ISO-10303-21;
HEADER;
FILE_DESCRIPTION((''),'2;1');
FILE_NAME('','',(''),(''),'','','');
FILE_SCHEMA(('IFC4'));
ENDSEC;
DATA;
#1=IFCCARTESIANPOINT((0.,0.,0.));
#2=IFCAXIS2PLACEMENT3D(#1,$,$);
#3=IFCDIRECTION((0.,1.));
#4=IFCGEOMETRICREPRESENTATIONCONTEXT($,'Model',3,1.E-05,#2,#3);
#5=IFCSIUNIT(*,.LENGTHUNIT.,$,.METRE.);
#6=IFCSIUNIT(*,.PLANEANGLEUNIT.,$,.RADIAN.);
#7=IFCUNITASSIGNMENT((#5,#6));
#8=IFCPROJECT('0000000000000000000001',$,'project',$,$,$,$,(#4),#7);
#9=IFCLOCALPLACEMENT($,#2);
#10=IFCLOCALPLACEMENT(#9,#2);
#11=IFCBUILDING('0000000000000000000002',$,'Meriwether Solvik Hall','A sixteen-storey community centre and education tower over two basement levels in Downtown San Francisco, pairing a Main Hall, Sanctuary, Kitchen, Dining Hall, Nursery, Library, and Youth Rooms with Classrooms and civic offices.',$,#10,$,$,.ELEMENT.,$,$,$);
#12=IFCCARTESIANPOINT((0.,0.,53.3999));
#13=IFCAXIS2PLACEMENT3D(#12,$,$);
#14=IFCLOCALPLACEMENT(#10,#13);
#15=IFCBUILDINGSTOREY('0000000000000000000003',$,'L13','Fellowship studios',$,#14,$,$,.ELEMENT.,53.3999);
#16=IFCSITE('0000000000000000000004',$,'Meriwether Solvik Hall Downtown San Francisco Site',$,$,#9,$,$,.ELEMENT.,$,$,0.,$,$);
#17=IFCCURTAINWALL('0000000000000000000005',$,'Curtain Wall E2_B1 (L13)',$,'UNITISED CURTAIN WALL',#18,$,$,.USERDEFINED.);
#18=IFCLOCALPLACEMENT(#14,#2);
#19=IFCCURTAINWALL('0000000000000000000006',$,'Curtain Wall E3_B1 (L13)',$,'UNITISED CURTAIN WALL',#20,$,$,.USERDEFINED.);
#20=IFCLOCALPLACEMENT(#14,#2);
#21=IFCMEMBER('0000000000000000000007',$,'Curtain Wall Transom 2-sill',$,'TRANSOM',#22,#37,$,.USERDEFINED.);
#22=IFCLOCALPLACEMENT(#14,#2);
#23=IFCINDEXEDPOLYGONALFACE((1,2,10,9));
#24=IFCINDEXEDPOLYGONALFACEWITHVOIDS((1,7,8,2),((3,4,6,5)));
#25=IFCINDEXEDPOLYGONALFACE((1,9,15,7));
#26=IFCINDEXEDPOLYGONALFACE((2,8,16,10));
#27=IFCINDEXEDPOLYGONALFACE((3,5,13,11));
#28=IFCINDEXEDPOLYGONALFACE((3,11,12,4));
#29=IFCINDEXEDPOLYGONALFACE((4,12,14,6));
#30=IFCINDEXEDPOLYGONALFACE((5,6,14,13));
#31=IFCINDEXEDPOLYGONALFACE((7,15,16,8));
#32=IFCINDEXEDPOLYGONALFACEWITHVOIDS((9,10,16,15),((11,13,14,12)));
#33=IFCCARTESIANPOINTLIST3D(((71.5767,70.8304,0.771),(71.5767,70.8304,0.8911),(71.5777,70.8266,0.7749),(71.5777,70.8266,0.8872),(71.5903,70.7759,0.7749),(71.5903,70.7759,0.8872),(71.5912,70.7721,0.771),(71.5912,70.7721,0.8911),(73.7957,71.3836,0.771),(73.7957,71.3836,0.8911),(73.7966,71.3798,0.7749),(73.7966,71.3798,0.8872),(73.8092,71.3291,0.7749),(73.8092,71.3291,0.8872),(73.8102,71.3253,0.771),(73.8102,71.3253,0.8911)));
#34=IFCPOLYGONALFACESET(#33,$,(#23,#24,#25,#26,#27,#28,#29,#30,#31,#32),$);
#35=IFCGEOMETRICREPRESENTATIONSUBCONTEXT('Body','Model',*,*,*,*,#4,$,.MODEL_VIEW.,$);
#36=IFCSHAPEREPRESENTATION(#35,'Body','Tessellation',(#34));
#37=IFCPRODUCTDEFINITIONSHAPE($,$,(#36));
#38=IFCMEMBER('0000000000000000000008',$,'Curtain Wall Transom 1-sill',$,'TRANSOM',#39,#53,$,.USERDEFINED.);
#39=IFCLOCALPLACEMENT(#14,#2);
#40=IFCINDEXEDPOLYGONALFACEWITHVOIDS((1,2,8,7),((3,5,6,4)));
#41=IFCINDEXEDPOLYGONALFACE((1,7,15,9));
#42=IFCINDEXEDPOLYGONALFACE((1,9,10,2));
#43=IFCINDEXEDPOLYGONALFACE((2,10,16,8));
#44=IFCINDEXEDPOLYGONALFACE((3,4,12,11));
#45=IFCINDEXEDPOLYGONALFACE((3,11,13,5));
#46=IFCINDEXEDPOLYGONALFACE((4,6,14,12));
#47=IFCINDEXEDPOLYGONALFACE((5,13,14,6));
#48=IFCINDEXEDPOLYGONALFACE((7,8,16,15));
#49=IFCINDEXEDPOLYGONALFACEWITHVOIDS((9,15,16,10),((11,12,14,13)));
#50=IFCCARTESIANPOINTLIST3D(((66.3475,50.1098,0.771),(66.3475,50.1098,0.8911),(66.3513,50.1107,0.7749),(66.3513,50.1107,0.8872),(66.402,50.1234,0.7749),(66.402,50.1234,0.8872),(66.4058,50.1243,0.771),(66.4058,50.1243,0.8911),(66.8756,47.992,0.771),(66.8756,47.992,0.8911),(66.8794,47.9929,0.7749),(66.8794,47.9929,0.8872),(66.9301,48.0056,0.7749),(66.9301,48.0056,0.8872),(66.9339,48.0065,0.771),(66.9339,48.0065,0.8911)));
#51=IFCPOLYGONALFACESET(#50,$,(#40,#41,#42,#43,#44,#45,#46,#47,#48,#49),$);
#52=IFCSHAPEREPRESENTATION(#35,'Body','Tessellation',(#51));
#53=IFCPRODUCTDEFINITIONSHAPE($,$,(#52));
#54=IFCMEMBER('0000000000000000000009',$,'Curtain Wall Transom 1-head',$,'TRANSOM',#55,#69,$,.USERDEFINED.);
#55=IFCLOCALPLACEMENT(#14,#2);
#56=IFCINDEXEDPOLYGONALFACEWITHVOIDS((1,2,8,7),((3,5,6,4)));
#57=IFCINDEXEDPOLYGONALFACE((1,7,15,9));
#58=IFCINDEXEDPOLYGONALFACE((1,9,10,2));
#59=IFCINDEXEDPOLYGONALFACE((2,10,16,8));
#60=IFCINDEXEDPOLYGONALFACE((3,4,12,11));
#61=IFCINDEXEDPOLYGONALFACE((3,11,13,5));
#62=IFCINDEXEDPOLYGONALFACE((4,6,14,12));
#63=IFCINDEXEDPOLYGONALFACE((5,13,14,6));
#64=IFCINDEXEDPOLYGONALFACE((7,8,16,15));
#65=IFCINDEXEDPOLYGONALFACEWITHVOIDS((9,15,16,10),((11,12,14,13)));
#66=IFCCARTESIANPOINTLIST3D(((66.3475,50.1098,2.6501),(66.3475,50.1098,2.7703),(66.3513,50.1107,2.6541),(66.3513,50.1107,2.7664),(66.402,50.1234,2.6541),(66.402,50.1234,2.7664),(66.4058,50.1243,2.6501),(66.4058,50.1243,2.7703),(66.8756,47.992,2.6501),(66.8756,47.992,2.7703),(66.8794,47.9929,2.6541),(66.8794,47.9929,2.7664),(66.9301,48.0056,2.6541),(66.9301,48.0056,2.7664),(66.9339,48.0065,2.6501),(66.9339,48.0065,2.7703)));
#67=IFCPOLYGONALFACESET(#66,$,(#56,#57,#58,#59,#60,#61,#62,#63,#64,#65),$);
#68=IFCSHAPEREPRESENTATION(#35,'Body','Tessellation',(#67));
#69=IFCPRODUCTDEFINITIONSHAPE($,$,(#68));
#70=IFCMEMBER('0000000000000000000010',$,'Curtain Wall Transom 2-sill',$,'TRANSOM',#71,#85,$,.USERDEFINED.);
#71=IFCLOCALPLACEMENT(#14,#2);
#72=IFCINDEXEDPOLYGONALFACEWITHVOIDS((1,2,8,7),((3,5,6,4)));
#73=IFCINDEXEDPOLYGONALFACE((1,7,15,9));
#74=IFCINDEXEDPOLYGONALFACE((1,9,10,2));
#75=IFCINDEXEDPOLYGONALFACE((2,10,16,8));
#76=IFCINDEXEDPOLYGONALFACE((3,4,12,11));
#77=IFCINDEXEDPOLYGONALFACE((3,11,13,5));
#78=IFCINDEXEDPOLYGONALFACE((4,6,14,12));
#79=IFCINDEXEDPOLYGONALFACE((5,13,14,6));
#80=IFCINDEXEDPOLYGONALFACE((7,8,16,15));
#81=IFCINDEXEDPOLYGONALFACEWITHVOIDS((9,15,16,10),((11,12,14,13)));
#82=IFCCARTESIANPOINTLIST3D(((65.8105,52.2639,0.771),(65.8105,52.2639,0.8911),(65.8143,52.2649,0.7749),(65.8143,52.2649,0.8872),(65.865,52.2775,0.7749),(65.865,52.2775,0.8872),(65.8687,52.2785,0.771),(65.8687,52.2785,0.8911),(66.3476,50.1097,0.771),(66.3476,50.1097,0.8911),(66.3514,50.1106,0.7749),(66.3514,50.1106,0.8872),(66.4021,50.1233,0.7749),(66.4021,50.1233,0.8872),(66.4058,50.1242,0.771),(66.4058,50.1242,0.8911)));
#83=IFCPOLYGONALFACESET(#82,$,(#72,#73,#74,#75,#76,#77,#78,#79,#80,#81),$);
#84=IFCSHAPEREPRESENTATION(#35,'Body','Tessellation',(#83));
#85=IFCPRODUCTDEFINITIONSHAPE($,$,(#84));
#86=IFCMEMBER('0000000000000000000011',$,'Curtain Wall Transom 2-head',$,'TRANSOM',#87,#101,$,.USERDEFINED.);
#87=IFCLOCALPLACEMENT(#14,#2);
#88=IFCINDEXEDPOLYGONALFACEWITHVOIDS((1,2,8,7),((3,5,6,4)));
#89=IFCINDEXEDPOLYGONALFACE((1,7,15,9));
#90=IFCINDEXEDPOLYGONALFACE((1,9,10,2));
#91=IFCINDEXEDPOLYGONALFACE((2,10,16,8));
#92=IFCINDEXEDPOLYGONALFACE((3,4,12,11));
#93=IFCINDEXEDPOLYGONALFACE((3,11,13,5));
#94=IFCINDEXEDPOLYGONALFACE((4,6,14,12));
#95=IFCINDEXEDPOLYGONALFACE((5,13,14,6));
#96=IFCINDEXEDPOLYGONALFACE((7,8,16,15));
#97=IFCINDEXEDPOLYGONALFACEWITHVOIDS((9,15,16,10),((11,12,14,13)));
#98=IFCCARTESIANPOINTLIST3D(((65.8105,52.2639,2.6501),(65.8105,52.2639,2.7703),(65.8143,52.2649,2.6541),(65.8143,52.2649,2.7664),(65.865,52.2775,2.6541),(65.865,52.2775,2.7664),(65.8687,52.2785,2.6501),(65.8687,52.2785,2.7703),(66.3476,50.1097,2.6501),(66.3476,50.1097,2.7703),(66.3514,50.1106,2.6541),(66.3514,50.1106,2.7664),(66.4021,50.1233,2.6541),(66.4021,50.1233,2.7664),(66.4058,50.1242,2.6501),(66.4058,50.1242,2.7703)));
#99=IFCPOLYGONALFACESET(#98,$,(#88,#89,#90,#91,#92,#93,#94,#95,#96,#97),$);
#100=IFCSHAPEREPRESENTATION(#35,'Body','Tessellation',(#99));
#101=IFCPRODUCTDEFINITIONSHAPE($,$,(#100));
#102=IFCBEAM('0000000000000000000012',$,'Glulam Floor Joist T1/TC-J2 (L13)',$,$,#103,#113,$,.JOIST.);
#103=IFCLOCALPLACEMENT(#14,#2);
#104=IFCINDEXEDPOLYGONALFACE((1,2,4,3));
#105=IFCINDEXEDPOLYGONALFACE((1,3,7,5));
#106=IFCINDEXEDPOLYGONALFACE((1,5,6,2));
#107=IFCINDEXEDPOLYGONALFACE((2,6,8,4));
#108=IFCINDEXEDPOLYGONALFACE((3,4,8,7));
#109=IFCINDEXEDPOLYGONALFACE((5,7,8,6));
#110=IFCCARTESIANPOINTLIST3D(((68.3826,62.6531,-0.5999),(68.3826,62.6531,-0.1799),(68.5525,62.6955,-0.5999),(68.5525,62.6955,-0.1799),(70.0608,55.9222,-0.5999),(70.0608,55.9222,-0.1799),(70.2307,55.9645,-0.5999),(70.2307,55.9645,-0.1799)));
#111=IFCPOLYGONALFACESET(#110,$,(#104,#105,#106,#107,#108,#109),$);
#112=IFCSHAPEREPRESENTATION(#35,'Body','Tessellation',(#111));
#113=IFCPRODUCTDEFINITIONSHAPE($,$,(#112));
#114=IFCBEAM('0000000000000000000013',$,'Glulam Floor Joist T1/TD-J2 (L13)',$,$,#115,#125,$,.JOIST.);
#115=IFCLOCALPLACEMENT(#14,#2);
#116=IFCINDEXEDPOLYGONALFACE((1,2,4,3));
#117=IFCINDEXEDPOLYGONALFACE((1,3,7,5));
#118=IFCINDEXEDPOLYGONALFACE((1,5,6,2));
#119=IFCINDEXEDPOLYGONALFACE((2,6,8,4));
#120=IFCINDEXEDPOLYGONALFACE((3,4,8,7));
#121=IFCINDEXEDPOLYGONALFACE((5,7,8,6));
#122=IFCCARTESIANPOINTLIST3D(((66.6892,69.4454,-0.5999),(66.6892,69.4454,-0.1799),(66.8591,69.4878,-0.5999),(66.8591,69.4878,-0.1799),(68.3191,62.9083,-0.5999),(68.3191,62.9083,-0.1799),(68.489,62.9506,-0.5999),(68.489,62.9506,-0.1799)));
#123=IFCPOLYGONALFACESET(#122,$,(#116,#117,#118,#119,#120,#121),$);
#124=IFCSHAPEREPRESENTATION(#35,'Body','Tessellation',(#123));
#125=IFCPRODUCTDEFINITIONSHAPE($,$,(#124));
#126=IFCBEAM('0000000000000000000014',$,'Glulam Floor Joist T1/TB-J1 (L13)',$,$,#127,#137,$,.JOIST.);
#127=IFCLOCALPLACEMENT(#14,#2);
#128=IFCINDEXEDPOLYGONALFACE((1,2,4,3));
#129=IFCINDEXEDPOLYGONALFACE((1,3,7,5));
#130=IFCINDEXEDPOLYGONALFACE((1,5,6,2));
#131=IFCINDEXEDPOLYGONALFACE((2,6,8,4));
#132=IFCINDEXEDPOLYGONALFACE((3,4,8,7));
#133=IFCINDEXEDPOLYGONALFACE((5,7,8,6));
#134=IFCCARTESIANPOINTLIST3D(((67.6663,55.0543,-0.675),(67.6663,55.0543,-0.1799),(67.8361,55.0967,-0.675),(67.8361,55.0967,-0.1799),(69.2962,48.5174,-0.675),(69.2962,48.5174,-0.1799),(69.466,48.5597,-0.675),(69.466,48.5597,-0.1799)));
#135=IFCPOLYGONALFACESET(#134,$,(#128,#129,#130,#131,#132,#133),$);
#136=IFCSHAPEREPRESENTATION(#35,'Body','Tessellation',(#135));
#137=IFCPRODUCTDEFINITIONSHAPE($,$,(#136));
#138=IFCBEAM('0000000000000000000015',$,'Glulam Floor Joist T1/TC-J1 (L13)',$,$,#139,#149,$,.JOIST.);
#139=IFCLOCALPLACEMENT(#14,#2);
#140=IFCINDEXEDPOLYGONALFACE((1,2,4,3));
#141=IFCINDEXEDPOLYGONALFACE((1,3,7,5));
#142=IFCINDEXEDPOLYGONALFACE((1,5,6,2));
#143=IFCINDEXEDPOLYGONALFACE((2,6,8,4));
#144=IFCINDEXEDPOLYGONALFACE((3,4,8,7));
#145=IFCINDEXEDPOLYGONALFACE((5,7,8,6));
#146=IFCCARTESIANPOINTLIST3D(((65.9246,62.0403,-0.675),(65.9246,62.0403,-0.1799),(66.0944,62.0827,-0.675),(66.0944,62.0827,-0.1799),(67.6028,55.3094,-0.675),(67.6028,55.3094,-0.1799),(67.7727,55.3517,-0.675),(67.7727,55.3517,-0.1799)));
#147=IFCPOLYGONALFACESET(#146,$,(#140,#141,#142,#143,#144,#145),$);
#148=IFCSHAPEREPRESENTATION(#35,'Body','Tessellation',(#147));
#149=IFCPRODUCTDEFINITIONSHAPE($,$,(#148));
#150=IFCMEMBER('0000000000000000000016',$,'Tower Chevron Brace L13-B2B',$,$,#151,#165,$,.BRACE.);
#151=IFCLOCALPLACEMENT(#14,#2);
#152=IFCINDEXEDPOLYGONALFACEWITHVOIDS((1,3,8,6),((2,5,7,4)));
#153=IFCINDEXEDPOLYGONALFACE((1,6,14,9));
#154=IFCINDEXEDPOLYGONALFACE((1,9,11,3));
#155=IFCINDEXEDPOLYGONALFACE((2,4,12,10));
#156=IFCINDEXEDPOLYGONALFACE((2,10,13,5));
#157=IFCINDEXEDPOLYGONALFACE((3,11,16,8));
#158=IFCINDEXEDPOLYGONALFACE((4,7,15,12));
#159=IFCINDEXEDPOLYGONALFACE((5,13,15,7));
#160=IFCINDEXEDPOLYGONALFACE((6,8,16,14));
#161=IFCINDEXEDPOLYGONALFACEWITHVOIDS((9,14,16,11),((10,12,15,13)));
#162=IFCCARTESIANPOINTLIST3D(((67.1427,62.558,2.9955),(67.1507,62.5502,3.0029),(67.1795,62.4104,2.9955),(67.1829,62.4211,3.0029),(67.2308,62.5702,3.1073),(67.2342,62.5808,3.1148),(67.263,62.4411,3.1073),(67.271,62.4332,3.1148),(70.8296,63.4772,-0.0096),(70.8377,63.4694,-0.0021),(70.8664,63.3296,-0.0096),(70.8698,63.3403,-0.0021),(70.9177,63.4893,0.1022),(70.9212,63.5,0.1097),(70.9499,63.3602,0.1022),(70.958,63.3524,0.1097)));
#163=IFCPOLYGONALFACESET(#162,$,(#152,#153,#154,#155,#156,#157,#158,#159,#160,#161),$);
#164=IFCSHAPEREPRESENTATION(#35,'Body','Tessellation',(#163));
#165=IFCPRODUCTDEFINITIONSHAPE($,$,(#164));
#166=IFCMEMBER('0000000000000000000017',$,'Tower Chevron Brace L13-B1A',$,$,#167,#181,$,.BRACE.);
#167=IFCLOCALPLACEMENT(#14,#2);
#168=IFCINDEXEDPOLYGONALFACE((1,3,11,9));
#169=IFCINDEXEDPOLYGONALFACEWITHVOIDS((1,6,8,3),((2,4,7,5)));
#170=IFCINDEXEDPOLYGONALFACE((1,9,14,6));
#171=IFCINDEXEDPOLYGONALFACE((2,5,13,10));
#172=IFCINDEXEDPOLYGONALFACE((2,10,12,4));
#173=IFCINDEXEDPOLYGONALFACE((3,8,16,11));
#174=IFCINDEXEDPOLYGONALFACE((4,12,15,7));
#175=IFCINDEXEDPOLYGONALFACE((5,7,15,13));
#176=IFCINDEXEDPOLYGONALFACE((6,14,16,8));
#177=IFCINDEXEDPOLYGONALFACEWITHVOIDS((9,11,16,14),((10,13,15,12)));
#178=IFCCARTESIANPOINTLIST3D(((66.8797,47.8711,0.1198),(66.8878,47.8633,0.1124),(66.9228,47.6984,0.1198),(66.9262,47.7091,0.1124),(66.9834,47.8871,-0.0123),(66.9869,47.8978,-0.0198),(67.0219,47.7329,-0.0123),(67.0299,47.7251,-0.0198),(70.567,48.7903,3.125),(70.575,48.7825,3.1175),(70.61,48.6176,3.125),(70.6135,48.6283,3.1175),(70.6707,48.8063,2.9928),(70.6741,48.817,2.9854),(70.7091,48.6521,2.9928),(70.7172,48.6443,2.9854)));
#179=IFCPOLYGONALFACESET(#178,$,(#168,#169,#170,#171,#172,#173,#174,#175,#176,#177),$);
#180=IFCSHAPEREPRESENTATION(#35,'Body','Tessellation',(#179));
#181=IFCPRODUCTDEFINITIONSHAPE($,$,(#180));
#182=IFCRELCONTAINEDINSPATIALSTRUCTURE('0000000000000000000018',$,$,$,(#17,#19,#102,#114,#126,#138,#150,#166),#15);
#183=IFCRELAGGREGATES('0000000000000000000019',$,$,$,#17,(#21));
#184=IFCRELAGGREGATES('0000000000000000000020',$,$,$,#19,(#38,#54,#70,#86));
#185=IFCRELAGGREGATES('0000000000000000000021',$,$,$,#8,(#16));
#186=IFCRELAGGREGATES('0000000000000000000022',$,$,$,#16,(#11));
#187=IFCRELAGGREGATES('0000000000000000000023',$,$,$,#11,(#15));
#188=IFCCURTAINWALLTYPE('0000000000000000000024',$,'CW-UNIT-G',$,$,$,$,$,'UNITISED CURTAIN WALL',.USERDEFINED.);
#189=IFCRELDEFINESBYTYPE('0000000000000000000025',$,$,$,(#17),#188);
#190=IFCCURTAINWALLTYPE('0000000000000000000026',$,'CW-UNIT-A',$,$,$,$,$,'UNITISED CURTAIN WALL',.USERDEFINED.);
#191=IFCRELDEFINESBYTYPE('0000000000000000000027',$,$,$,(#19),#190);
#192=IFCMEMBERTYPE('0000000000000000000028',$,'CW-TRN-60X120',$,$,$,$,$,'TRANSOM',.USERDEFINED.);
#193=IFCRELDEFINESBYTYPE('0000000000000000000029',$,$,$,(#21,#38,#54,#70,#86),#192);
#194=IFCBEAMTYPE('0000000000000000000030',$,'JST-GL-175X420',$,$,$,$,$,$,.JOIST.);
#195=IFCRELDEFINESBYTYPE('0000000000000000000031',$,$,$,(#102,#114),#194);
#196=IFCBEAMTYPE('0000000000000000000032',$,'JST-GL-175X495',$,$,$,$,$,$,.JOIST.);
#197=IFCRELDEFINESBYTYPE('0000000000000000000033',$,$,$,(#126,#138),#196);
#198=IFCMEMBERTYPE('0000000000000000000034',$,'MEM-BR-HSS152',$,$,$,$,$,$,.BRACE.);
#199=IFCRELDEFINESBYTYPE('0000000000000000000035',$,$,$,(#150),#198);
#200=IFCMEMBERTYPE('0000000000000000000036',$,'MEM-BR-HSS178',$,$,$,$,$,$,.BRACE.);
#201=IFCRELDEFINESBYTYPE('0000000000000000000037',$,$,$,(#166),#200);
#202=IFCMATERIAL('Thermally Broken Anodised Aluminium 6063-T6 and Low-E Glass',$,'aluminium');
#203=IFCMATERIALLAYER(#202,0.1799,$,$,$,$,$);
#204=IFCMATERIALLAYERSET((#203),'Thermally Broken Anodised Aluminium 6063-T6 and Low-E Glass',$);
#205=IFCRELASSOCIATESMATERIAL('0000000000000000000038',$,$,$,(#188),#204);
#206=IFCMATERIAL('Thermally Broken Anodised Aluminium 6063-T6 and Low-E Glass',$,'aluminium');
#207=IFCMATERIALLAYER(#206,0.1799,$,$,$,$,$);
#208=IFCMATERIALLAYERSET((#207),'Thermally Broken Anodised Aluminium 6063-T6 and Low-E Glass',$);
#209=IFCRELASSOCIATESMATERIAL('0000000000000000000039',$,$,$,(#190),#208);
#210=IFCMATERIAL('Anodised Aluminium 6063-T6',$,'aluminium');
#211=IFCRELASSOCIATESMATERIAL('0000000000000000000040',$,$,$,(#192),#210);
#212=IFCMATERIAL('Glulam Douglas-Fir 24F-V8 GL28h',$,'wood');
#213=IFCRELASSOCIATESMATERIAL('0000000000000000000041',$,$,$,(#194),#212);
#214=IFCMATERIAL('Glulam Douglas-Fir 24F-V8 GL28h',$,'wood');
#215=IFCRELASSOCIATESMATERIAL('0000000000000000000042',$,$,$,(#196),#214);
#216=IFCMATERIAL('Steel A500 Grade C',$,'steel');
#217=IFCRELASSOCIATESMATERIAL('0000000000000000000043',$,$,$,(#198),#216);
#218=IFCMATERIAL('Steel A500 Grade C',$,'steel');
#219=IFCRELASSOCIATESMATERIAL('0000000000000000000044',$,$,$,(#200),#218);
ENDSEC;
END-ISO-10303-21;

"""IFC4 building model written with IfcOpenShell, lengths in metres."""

from ifc_helpers import new_model, si_unit, direction, frame, origin, origin_2d, place, context, subcontext, project, spatial, rectangle, hollow_rectangle, extrude, material, layer, layer_set, material_profile, profile_set, type_object, element, aggregate, save


model = new_model("IFC4")

# Units and contexts
model_context = context("Model", 3, precision=1e-05, world=origin(), true_north=direction((0.0, 1.0)))
body_context = subcontext(model_context, "Body", "Model", "MODEL_VIEW")
ifc_project = project(units=[si_unit("LENGTHUNIT", "METRE"), si_unit("PLANEANGLEUNIT", "RADIAN")], contexts=[model_context])

# Site, building, storey
site_placement = place(None, origin())
site = spatial("IfcSite", under=ifc_project, at=site_placement, Name="Meriwether Solvik Hall Downtown San Francisco Site", CompositionType="ELEMENT", RefElevation=0.0)
building_placement = place(site_placement, origin())
building = spatial("IfcBuilding", under=site, at=building_placement, Name="Meriwether Solvik Hall", Description="A sixteen-storey community centre and education tower over two basement levels in Downtown San Francisco, pairing a Main Hall, Sanctuary, Kitchen, Dining Hall, Nursery, Library, and Youth Rooms with Classrooms and civic offices.", CompositionType="ELEMENT")
storey_placement = place(building_placement, frame((0.0, 0.0, 53.3999)))
storey = spatial("IfcBuildingStorey", under=building, at=storey_placement, Name="L13", Description="Fellowship studios", CompositionType="ELEMENT", Elevation=53.3999)

# Curtain walls
ifc_material_1 = material(Name="Thermally Broken Anodised Aluminium 6063-T6 and Low-E Glass", Category="aluminium")
ifc_layer_1 = layer(ifc_material_1, 0.1799)
ifc_layer_set_1 = layer_set([ifc_layer_1], Name="Thermally Broken Anodised Aluminium 6063-T6 and Low-E Glass")
curtain_wall_type_1 = type_object("IfcCurtainWallType", Name="CW-UNIT-G", ElementType="UNITISED CURTAIN WALL", PredefinedType="USERDEFINED", material=ifc_layer_set_1)
curtain_wall_1_placement = place(storey_placement, origin())
curtain_wall_1 = element("IfcCurtainWall", 1, at=curtain_wall_1_placement, inside=storey, type_object=curtain_wall_type_1, Name="Curtain Wall E2_B1 (L13)", ObjectType="UNITISED CURTAIN WALL", PredefinedType="USERDEFINED")
ifc_material_2 = material(Name="Thermally Broken Anodised Aluminium 6063-T6 and Low-E Glass", Category="aluminium")
ifc_layer_2 = layer(ifc_material_2, 0.1799)
ifc_layer_set_2 = layer_set([ifc_layer_2], Name="Thermally Broken Anodised Aluminium 6063-T6 and Low-E Glass")
curtain_wall_type_2 = type_object("IfcCurtainWallType", Name="CW-UNIT-A", ElementType="UNITISED CURTAIN WALL", PredefinedType="USERDEFINED", material=ifc_layer_set_2)
curtain_wall_2_placement = place(storey_placement, origin())
curtain_wall_2 = element("IfcCurtainWall", 2, at=curtain_wall_2_placement, inside=storey, type_object=curtain_wall_type_2, Name="Curtain Wall E3_B1 (L13)", ObjectType="UNITISED CURTAIN WALL", PredefinedType="USERDEFINED")

# Members
ifc_material_3 = material(Name="Anodised Aluminium 6063-T6", Category="aluminium")
ifc_material_profile_1 = material_profile(ifc_material_3, hollow_rectangle(XDim=0.0601, YDim=0.1201, WallThickness=0.0039, at=origin_2d()), Name="CWT-60X120")
ifc_profile_set_1 = profile_set([ifc_material_profile_1], Name="Anodised Aluminium 6063-T6")
member_type_1 = type_object("IfcMemberType", Name="CW-TRN-60X120", ElementType="TRANSOM", PredefinedType="USERDEFINED", material=ifc_profile_set_1)
member_1_placement = place(storey_placement, frame((71.584, 70.8013, 0.8311), z_axis=(0.970299, 0.241908, 0.0), x_axis=(-0.241908, 0.970299, 0.0)))
member_1 = element("IfcMember", 3, at=member_1_placement, type_object=member_type_1, Name="Curtain Wall Transom 2-sill", ObjectType="TRANSOM", PredefinedType="USERDEFINED", context=body_context, shape_type="SweptSolid", body=[
    extrude(hollow_rectangle(XDim=0.0601, YDim=0.1201, WallThickness=0.0039, at=origin_2d()), origin(), (0.0, 0.0, 1.0), 2.2869),
])
member_2_placement = place(storey_placement, frame((66.9048, 47.9993, 0.8311), z_axis=(-0.241957, 0.970287, 0.0), x_axis=(-0.970287, -0.241957, 0.0)))
member_2 = element("IfcMember", 4, at=member_2_placement, type_object=member_type_1, Name="Curtain Wall Transom 1-sill", ObjectType="TRANSOM", PredefinedType="USERDEFINED", context=body_context, shape_type="SweptSolid", body=[
    extrude(hollow_rectangle(XDim=0.0601, YDim=0.1201, WallThickness=0.0039, at=origin_2d()), origin(), (0.0, 0.0, 1.0), 2.1826),
])
member_3_placement = place(storey_placement, frame((66.9048, 47.9993, 2.7102), z_axis=(-0.241957, 0.970287, 0.0), x_axis=(-0.970287, -0.241957, 0.0)))
member_3 = element("IfcMember", 5, at=member_3_placement, type_object=member_type_1, Name="Curtain Wall Transom 1-head", ObjectType="TRANSOM", PredefinedType="USERDEFINED", context=body_context, shape_type="SweptSolid", body=[
    extrude(hollow_rectangle(XDim=0.0601, YDim=0.1201, WallThickness=0.0039, at=origin_2d()), origin(), (0.0, 0.0, 1.0), 2.1826),
])
member_4_placement = place(storey_placement, frame((66.3767, 50.1169, 0.8311), z_axis=(-0.241915, 0.970298, 0.0), x_axis=(-0.970298, -0.241915, 0.0)))
member_4 = element("IfcMember", 6, at=member_4_placement, type_object=member_type_1, Name="Curtain Wall Transom 2-sill", ObjectType="TRANSOM", PredefinedType="USERDEFINED", context=body_context, shape_type="SweptSolid", body=[
    extrude(hollow_rectangle(XDim=0.0601, YDim=0.1201, WallThickness=0.0039, at=origin_2d()), origin(), (0.0, 0.0, 1.0), 2.2202),
])
member_5_placement = place(storey_placement, frame((66.3767, 50.1169, 2.7102), z_axis=(-0.241915, 0.970298, 0.0), x_axis=(-0.970298, -0.241915, 0.0)))
member_5 = element("IfcMember", 7, at=member_5_placement, type_object=member_type_1, Name="Curtain Wall Transom 2-head", ObjectType="TRANSOM", PredefinedType="USERDEFINED", context=body_context, shape_type="SweptSolid", body=[
    extrude(hollow_rectangle(XDim=0.0601, YDim=0.1201, WallThickness=0.0039, at=origin_2d()), origin(), (0.0, 0.0, 1.0), 2.2202),
])

# Beams
ifc_material_4 = material(Name="Glulam Douglas-Fir 24F-V8 GL28h", Category="wood")
ifc_material_profile_2 = material_profile(ifc_material_4, rectangle(XDim=0.175, YDim=0.4199, at=origin_2d()), Name="GLJ-175X420")
ifc_profile_set_2 = profile_set([ifc_material_profile_2], Name="Glulam Douglas-Fir 24F-V8 GL28h")
beam_type_1 = type_object("IfcBeamType", Name="JST-GL-175X420", PredefinedType="JOIST", material=ifc_profile_set_2)
beam_1_placement = place(storey_placement, frame((70.1458, 55.9434, -0.3899), z_axis=(-0.241923, 0.970296, 0.0), x_axis=(-0.970296, -0.241923, 0.0)))
element("IfcBeam", 8, at=beam_1_placement, inside=storey, type_object=beam_type_1, Name="Glulam Floor Joist T1/TC-J2 (L13)", PredefinedType="JOIST", context=body_context, shape_type="SweptSolid", body=[
    extrude(rectangle(XDim=0.175, YDim=0.4199, at=origin_2d()), origin(), (0.0, 0.0, 1.0), 6.937),
])
beam_2_placement = place(storey_placement, frame((68.4041, 62.9294, -0.3899), z_axis=(-0.241922, 0.970296, 0.0), x_axis=(-0.970296, -0.241922, 0.0)))
element("IfcBeam", 9, at=beam_2_placement, inside=storey, type_object=beam_type_1, Name="Glulam Floor Joist T1/TD-J2 (L13)", PredefinedType="JOIST", context=body_context, shape_type="SweptSolid", body=[
    extrude(rectangle(XDim=0.175, YDim=0.4199, at=origin_2d()), origin(), (0.0, 0.0, 1.0), 6.7373),
])
ifc_material_5 = material(Name="Glulam Douglas-Fir 24F-V8 GL28h", Category="wood")
ifc_material_profile_3 = material_profile(ifc_material_5, rectangle(XDim=0.175, YDim=0.4951, at=origin_2d()), Name="GLJ-175X495")
ifc_profile_set_3 = profile_set([ifc_material_profile_3], Name="Glulam Douglas-Fir 24F-V8 GL28h")
beam_type_2 = type_object("IfcBeamType", Name="JST-GL-175X495", PredefinedType="JOIST", material=ifc_profile_set_3)
beam_3_placement = place(storey_placement, frame((69.3811, 48.5386, -0.4275), z_axis=(-0.24193, 0.970294, 0.0), x_axis=(-0.970294, -0.24193, 0.0)))
element("IfcBeam", 10, at=beam_3_placement, inside=storey, type_object=beam_type_2, Name="Glulam Floor Joist T1/TB-J1 (L13)", PredefinedType="JOIST", context=body_context, shape_type="SweptSolid", body=[
    extrude(rectangle(XDim=0.175, YDim=0.4951, at=origin_2d()), origin(), (0.0, 0.0, 1.0), 6.7371),
])
beam_4_placement = place(storey_placement, frame((67.6877, 55.3306, -0.4275), z_axis=(-0.241923, 0.970296, 0.0), x_axis=(-0.970296, -0.241923, 0.0)))
element("IfcBeam", 11, at=beam_4_placement, inside=storey, type_object=beam_type_2, Name="Glulam Floor Joist T1/TC-J1 (L13)", PredefinedType="JOIST", context=body_context, shape_type="SweptSolid", body=[
    extrude(rectangle(XDim=0.175, YDim=0.4951, at=origin_2d()), origin(), (0.0, 0.0, 1.0), 6.937),
])

# Members
ifc_material_6 = material(Name="Steel A500 Grade C", Category="steel")
ifc_material_profile_4 = material_profile(ifc_material_6, hollow_rectangle(XDim=0.1521, YDim=0.1521, WallThickness=0.0095, at=origin_2d()), Name="HSS152X152X9.5")
ifc_profile_set_4 = profile_set([ifc_material_profile_4], Name="Steel A500 Grade C")
member_type_2 = type_object("IfcMemberType", Name="MEM-BR-HSS152", PredefinedType="BRACE", material=ifc_profile_set_4)
member_6_placement = place(storey_placement, frame((70.8938, 63.4148, 0.05), z_axis=(-0.761062, -0.189736, 0.62031), x_axis=(0.241901, -0.970301, 0.0)))
element("IfcMember", 12, at=member_6_placement, inside=storey, type_object=member_type_2, Name="Tower Chevron Brace L13-B2B", PredefinedType="BRACE", context=body_context, shape_type="SweptSolid", body=[
    extrude(hollow_rectangle(XDim=0.1521, YDim=0.1521, WallThickness=0.0095, at=origin_2d()), origin(), (0.0, 0.0, 1.0), 4.8445),
])
ifc_material_7 = material(Name="Steel A500 Grade C", Category="steel")
ifc_material_profile_5 = material_profile(ifc_material_7, hollow_rectangle(XDim=0.178, YDim=0.178, WallThickness=0.0095, at=origin_2d()), Name="HSS178X178X9.5")
ifc_profile_set_5 = profile_set([ifc_material_profile_5], Name="Steel A500 Grade C")
member_type_3 = type_object("IfcMemberType", Name="MEM-BR-HSS178", PredefinedType="BRACE", material=ifc_profile_set_5)
member_7_placement = place(storey_placement, frame((66.9548, 47.7981, 0.05), z_axis=(0.761084, 0.189729, 0.620286), x_axis=(-0.241886, 0.970305, 0.0)))
element("IfcMember", 13, at=member_7_placement, inside=storey, type_object=member_type_3, Name="Tower Chevron Brace L13-B1A", PredefinedType="BRACE", context=body_context, shape_type="SweptSolid", body=[
    extrude(hollow_rectangle(XDim=0.178, YDim=0.178, WallThickness=0.0095, at=origin_2d()), origin(), (0.0, 0.0, 1.0), 4.8447),
])

aggregate(curtain_wall_1, [member_1])
aggregate(curtain_wall_2, [member_2, member_3, member_4, member_5])

save(model, "model.ifc")
